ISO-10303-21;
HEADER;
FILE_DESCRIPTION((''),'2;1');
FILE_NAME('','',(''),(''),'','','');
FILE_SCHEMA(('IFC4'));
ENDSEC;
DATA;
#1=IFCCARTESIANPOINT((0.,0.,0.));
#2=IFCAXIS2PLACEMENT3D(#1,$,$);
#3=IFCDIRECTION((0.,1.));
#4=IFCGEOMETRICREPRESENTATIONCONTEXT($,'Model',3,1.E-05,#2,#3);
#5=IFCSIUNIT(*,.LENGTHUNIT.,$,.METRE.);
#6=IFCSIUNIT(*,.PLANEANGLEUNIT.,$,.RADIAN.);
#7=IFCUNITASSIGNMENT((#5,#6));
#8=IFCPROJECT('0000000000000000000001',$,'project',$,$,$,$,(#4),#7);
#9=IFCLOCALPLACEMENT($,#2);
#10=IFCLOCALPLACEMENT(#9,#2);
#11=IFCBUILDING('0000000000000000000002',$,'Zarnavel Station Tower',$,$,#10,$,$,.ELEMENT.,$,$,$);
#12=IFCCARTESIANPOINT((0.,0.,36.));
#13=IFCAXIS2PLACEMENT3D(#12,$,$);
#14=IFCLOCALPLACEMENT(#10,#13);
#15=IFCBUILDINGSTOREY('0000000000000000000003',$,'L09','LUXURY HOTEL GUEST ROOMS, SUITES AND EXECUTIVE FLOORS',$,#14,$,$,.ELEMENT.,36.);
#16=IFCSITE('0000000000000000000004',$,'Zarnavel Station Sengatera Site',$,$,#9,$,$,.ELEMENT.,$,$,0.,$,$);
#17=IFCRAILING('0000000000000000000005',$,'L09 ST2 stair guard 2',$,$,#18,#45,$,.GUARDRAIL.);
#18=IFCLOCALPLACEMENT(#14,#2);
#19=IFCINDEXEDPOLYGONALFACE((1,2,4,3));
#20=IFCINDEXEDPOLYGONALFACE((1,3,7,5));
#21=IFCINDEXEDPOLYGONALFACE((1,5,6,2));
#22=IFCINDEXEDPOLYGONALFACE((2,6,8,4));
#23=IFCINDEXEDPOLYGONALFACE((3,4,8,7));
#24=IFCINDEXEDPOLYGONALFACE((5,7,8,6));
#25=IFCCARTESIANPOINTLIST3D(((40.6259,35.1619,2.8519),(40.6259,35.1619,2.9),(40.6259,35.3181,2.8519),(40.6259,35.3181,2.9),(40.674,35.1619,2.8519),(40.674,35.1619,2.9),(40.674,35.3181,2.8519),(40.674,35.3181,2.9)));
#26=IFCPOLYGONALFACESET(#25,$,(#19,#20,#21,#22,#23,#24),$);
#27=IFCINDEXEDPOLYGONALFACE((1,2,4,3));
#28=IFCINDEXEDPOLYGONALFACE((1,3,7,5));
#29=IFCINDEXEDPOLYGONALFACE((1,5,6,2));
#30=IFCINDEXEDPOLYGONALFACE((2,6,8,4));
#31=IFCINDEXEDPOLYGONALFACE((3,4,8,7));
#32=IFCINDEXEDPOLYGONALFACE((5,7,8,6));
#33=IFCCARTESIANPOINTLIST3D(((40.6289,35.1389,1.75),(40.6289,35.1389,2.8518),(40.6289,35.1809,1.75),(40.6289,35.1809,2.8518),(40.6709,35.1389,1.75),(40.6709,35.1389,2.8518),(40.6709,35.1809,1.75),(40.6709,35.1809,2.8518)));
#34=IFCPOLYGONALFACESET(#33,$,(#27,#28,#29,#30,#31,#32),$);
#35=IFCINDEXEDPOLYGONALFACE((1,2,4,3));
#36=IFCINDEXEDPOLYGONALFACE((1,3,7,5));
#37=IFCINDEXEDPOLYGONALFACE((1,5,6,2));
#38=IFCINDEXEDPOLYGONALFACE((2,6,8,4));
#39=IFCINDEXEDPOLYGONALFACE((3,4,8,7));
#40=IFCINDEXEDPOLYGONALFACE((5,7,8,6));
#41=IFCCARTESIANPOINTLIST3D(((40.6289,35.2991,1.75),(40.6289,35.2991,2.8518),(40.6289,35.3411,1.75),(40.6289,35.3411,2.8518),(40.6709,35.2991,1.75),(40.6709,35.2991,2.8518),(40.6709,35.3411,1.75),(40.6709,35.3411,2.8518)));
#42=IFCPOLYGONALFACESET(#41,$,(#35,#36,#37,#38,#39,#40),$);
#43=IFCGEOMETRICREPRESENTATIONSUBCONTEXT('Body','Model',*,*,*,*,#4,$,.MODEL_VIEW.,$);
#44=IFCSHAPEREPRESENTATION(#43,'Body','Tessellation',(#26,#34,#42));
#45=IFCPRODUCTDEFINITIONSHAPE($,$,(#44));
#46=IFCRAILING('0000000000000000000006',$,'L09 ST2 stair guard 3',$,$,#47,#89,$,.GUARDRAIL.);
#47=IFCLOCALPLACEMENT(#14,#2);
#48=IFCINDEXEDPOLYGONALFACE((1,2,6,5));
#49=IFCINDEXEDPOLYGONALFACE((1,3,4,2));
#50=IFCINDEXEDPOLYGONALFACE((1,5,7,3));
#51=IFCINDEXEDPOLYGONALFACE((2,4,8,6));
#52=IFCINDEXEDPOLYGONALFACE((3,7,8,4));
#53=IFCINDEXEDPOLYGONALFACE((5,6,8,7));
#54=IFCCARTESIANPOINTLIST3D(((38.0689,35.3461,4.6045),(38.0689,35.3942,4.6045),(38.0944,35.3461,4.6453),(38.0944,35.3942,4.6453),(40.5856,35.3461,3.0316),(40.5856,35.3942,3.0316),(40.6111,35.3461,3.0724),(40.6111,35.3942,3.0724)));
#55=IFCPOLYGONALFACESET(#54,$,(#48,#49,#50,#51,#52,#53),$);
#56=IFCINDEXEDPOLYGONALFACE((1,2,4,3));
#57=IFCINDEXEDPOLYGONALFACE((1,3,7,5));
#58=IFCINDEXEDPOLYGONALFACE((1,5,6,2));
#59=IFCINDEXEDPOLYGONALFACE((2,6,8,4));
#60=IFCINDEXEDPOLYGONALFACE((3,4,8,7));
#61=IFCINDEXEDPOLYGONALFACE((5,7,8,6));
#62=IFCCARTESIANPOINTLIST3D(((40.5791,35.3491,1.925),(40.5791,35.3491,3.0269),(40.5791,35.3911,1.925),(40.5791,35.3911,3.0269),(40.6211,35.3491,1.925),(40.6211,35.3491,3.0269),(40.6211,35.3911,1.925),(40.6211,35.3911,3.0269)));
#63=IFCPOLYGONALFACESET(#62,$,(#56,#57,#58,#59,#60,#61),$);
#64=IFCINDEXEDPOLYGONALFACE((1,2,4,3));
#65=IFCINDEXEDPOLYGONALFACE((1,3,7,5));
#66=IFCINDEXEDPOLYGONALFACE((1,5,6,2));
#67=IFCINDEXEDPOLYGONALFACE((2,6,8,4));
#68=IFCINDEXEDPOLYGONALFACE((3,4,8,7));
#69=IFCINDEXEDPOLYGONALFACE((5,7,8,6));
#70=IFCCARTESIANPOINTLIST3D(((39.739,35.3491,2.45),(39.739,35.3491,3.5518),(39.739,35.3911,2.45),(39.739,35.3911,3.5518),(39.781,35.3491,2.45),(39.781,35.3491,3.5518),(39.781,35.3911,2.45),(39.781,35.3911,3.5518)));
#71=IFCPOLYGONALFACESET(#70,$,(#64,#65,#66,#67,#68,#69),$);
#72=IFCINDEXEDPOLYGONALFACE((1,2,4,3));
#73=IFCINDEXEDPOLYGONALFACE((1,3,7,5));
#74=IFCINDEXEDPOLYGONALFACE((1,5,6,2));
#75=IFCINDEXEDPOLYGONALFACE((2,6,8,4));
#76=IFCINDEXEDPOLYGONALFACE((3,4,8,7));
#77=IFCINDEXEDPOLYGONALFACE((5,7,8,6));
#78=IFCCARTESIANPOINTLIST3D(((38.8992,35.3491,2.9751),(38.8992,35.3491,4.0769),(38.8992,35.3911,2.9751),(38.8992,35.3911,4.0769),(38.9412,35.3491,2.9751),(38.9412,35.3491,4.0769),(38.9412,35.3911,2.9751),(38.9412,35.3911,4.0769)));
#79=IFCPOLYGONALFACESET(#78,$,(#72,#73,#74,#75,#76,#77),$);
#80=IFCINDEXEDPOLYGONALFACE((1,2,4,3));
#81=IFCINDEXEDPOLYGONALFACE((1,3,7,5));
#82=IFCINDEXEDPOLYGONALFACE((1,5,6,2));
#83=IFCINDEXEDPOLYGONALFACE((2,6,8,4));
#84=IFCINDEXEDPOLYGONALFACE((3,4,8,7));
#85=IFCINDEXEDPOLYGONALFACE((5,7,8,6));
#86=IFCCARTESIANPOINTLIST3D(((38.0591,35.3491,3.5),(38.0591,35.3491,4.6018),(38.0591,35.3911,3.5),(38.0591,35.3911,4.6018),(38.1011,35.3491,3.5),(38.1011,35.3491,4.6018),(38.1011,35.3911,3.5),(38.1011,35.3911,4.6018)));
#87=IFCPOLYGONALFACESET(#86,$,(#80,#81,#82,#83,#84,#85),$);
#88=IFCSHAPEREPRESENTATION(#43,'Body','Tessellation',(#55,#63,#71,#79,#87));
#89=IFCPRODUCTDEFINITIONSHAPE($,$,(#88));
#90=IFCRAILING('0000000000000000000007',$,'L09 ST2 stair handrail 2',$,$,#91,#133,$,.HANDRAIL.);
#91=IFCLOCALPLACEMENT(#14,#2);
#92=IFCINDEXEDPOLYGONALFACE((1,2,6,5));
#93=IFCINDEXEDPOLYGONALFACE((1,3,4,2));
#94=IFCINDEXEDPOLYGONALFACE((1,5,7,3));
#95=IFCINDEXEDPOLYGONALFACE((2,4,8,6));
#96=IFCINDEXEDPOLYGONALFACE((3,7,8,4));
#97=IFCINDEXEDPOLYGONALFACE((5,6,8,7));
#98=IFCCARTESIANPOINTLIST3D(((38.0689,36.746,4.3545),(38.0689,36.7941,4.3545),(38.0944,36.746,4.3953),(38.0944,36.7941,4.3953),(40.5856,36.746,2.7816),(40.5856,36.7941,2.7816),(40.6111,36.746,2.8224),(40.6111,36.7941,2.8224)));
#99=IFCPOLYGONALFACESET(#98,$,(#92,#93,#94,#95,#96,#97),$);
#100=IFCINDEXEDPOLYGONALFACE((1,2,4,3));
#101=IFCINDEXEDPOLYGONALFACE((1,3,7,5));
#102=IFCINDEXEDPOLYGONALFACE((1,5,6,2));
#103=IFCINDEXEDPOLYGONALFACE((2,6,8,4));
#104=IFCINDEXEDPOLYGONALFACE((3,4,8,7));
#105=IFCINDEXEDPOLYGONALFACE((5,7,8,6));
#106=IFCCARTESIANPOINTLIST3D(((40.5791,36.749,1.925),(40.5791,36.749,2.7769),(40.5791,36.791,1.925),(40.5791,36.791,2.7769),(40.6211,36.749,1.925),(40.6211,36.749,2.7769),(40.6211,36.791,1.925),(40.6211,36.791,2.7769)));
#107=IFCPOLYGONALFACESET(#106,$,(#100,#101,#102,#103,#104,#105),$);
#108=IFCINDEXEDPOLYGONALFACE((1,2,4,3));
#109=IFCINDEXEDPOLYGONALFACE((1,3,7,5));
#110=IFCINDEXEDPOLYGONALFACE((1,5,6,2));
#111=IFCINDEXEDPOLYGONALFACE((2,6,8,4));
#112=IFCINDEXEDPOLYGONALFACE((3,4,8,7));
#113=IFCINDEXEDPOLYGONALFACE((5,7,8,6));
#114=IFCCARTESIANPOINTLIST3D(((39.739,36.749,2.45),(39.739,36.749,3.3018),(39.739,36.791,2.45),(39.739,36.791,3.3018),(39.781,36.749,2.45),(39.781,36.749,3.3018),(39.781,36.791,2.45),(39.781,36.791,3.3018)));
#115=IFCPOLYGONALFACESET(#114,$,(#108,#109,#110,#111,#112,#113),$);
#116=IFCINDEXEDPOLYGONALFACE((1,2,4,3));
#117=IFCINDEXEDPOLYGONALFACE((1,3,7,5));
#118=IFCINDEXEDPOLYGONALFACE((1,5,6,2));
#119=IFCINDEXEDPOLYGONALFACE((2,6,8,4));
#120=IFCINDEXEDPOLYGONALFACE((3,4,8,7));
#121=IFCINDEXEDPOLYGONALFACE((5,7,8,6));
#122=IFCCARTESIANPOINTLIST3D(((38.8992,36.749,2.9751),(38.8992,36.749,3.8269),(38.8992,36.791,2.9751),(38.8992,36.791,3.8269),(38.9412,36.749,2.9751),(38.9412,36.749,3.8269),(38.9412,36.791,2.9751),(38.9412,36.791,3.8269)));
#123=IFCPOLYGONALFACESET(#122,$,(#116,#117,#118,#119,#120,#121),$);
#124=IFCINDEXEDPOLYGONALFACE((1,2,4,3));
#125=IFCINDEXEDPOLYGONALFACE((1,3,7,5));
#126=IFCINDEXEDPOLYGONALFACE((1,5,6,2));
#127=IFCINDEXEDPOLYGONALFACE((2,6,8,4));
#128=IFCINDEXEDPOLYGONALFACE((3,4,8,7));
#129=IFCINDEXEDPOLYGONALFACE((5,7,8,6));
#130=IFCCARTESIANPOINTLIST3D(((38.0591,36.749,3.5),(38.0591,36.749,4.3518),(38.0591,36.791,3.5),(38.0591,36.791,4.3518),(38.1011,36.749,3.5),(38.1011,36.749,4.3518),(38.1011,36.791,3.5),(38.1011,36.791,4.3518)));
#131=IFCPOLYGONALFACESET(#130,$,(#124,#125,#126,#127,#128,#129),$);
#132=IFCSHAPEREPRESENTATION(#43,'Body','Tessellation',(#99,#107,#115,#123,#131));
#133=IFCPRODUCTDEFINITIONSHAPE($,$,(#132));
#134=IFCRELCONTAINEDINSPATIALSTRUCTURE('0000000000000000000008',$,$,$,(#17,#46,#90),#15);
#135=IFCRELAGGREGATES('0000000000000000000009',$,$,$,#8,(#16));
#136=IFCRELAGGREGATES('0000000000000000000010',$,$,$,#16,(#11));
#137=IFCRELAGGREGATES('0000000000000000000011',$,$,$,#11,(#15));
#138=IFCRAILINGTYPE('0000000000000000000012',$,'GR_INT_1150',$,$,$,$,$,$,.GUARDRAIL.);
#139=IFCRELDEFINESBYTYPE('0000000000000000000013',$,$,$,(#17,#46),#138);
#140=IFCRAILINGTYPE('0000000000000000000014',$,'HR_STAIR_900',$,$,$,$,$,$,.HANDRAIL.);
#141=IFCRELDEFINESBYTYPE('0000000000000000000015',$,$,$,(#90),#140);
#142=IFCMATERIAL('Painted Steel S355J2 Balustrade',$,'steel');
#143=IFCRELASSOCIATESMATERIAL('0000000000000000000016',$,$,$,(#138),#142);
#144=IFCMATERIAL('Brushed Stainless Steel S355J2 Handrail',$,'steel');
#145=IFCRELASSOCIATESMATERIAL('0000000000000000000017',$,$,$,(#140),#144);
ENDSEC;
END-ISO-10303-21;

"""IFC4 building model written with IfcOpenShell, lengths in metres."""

from ifc_helpers import new_model, si_unit, direction, frame, origin, origin_2d, place, context, subcontext, project, spatial, rectangle, extrude, material, type_object, element, save


model = new_model("IFC4")

# Units and contexts
model_context = context("Model", 3, precision=1e-05, world=origin(), true_north=direction((0.0, 1.0)))
body_context = subcontext(model_context, "Body", "Model", "MODEL_VIEW")
ifc_project = project(units=[si_unit("LENGTHUNIT", "METRE"), si_unit("PLANEANGLEUNIT", "RADIAN")], contexts=[model_context])

# Site, building, storey
site_placement = place(None, origin())
site = spatial("IfcSite", under=ifc_project, at=site_placement, Name="Zarnavel Station Sengatera Site", CompositionType="ELEMENT", RefElevation=0.0)
building_placement = place(site_placement, origin())
building = spatial("IfcBuilding", under=site, at=building_placement, Name="Zarnavel Station Tower", CompositionType="ELEMENT")
storey_placement = place(building_placement, frame((0.0, 0.0, 36.0)))
storey = spatial("IfcBuildingStorey", under=building, at=storey_placement, Name="L09", Description="LUXURY HOTEL GUEST ROOMS, SUITES AND EXECUTIVE FLOORS", CompositionType="ELEMENT", Elevation=36.0)

# Railings
ifc_material_1 = material(Name="Painted Steel S355J2 Balustrade", Category="steel")
railing_type_1 = type_object("IfcRailingType", Name="GR_INT_1150", PredefinedType="GUARDRAIL", material=ifc_material_1)
railing_1_placement = place(storey_placement, frame((40.6499, 35.1599, 1.75)))
element("IfcRailing", 1, at=railing_1_placement, inside=storey, type_object=railing_type_1, Name="L09 ST2 stair guard 2", PredefinedType="GUARDRAIL", context=body_context, shape_type="SweptSolid", body=[
    extrude(rectangle(XDim=0.0481, YDim=0.0481, at=origin_2d()), frame((0.0, 0.002, 1.126), z_axis=(0.0, 1.0, 0.0), x_axis=(-1.0, 0.0, 0.0)), (0.0, 0.0, 1.0), 0.1562),
    extrude(rectangle(XDim=0.042, YDim=0.042, at=origin_2d()), origin(), (0.0, 0.0, 1.0), 1.1018),
    extrude(rectangle(XDim=0.042, YDim=0.042, at=origin_2d()), frame((0.0, 0.1602, 0.0)), (0.0, 0.0, 1.0), 1.1018),
])
railing_2_placement = place(storey_placement, frame((40.6001, 35.3701, 1.925)))
element("IfcRailing", 2, at=railing_2_placement, inside=storey, type_object=railing_type_1, Name="L09 ST2 stair guard 3", PredefinedType="GUARDRAIL", context=body_context, shape_type="SweptSolid", body=[
    extrude(rectangle(XDim=0.0481, YDim=0.0481, at=origin_2d()), frame((-0.0017, 0.0, 1.127), z_axis=(-0.848008, 0.0, 0.529984), x_axis=(0.0, -1.0, 0.0)), (0.0, 0.0, 1.0), 2.9678),
    extrude(rectangle(XDim=0.042, YDim=0.042, at=origin_2d()), origin(), (0.0, 0.0, 1.0), 1.1018),
    extrude(rectangle(XDim=0.042, YDim=0.042, at=origin_2d()), frame((-0.8401, 0.0, 0.5249)), (0.0, 0.0, 1.0), 1.1018),
    extrude(rectangle(XDim=0.042, YDim=0.042, at=origin_2d()), frame((-1.6799, 0.0, 1.05)), (0.0, 0.0, 1.0), 1.1018),
    extrude(rectangle(XDim=0.042, YDim=0.042, at=origin_2d()), frame((-2.52, 0.0, 1.575)), (0.0, 0.0, 1.0), 1.1018),
])
ifc_material_2 = material(Name="Brushed Stainless Steel S355J2 Handrail", Category="steel")
railing_type_2 = type_object("IfcRailingType", Name="HR_STAIR_900", PredefinedType="HANDRAIL", material=ifc_material_2)
railing_3_placement = place(storey_placement, frame((40.6001, 36.77, 1.925)))
element("IfcRailing", 3, at=railing_3_placement, inside=storey, type_object=railing_type_2, Name="L09 ST2 stair handrail 2", PredefinedType="HANDRAIL", context=body_context, shape_type="SweptSolid", body=[
    extrude(rectangle(XDim=0.0481, YDim=0.0481, at=origin_2d()), frame((-0.0017, 0.0, 0.877), z_axis=(-0.848008, 0.0, 0.529984), x_axis=(0.0, -1.0, 0.0)), (0.0, 0.0, 1.0), 2.9678),
    extrude(rectangle(XDim=0.042, YDim=0.042, at=origin_2d()), origin(), (0.0, 0.0, 1.0), 0.8518),
    extrude(rectangle(XDim=0.042, YDim=0.042, at=origin_2d()), frame((-0.8401, 0.0, 0.5249)), (0.0, 0.0, 1.0), 0.8518),
    extrude(rectangle(XDim=0.042, YDim=0.042, at=origin_2d()), frame((-1.6799, 0.0, 1.05)), (0.0, 0.0, 1.0), 0.8518),
    extrude(rectangle(XDim=0.042, YDim=0.042, at=origin_2d()), frame((-2.52, 0.0, 1.575)), (0.0, 0.0, 1.0), 0.8518),
])

save(model, "model.ifc")
